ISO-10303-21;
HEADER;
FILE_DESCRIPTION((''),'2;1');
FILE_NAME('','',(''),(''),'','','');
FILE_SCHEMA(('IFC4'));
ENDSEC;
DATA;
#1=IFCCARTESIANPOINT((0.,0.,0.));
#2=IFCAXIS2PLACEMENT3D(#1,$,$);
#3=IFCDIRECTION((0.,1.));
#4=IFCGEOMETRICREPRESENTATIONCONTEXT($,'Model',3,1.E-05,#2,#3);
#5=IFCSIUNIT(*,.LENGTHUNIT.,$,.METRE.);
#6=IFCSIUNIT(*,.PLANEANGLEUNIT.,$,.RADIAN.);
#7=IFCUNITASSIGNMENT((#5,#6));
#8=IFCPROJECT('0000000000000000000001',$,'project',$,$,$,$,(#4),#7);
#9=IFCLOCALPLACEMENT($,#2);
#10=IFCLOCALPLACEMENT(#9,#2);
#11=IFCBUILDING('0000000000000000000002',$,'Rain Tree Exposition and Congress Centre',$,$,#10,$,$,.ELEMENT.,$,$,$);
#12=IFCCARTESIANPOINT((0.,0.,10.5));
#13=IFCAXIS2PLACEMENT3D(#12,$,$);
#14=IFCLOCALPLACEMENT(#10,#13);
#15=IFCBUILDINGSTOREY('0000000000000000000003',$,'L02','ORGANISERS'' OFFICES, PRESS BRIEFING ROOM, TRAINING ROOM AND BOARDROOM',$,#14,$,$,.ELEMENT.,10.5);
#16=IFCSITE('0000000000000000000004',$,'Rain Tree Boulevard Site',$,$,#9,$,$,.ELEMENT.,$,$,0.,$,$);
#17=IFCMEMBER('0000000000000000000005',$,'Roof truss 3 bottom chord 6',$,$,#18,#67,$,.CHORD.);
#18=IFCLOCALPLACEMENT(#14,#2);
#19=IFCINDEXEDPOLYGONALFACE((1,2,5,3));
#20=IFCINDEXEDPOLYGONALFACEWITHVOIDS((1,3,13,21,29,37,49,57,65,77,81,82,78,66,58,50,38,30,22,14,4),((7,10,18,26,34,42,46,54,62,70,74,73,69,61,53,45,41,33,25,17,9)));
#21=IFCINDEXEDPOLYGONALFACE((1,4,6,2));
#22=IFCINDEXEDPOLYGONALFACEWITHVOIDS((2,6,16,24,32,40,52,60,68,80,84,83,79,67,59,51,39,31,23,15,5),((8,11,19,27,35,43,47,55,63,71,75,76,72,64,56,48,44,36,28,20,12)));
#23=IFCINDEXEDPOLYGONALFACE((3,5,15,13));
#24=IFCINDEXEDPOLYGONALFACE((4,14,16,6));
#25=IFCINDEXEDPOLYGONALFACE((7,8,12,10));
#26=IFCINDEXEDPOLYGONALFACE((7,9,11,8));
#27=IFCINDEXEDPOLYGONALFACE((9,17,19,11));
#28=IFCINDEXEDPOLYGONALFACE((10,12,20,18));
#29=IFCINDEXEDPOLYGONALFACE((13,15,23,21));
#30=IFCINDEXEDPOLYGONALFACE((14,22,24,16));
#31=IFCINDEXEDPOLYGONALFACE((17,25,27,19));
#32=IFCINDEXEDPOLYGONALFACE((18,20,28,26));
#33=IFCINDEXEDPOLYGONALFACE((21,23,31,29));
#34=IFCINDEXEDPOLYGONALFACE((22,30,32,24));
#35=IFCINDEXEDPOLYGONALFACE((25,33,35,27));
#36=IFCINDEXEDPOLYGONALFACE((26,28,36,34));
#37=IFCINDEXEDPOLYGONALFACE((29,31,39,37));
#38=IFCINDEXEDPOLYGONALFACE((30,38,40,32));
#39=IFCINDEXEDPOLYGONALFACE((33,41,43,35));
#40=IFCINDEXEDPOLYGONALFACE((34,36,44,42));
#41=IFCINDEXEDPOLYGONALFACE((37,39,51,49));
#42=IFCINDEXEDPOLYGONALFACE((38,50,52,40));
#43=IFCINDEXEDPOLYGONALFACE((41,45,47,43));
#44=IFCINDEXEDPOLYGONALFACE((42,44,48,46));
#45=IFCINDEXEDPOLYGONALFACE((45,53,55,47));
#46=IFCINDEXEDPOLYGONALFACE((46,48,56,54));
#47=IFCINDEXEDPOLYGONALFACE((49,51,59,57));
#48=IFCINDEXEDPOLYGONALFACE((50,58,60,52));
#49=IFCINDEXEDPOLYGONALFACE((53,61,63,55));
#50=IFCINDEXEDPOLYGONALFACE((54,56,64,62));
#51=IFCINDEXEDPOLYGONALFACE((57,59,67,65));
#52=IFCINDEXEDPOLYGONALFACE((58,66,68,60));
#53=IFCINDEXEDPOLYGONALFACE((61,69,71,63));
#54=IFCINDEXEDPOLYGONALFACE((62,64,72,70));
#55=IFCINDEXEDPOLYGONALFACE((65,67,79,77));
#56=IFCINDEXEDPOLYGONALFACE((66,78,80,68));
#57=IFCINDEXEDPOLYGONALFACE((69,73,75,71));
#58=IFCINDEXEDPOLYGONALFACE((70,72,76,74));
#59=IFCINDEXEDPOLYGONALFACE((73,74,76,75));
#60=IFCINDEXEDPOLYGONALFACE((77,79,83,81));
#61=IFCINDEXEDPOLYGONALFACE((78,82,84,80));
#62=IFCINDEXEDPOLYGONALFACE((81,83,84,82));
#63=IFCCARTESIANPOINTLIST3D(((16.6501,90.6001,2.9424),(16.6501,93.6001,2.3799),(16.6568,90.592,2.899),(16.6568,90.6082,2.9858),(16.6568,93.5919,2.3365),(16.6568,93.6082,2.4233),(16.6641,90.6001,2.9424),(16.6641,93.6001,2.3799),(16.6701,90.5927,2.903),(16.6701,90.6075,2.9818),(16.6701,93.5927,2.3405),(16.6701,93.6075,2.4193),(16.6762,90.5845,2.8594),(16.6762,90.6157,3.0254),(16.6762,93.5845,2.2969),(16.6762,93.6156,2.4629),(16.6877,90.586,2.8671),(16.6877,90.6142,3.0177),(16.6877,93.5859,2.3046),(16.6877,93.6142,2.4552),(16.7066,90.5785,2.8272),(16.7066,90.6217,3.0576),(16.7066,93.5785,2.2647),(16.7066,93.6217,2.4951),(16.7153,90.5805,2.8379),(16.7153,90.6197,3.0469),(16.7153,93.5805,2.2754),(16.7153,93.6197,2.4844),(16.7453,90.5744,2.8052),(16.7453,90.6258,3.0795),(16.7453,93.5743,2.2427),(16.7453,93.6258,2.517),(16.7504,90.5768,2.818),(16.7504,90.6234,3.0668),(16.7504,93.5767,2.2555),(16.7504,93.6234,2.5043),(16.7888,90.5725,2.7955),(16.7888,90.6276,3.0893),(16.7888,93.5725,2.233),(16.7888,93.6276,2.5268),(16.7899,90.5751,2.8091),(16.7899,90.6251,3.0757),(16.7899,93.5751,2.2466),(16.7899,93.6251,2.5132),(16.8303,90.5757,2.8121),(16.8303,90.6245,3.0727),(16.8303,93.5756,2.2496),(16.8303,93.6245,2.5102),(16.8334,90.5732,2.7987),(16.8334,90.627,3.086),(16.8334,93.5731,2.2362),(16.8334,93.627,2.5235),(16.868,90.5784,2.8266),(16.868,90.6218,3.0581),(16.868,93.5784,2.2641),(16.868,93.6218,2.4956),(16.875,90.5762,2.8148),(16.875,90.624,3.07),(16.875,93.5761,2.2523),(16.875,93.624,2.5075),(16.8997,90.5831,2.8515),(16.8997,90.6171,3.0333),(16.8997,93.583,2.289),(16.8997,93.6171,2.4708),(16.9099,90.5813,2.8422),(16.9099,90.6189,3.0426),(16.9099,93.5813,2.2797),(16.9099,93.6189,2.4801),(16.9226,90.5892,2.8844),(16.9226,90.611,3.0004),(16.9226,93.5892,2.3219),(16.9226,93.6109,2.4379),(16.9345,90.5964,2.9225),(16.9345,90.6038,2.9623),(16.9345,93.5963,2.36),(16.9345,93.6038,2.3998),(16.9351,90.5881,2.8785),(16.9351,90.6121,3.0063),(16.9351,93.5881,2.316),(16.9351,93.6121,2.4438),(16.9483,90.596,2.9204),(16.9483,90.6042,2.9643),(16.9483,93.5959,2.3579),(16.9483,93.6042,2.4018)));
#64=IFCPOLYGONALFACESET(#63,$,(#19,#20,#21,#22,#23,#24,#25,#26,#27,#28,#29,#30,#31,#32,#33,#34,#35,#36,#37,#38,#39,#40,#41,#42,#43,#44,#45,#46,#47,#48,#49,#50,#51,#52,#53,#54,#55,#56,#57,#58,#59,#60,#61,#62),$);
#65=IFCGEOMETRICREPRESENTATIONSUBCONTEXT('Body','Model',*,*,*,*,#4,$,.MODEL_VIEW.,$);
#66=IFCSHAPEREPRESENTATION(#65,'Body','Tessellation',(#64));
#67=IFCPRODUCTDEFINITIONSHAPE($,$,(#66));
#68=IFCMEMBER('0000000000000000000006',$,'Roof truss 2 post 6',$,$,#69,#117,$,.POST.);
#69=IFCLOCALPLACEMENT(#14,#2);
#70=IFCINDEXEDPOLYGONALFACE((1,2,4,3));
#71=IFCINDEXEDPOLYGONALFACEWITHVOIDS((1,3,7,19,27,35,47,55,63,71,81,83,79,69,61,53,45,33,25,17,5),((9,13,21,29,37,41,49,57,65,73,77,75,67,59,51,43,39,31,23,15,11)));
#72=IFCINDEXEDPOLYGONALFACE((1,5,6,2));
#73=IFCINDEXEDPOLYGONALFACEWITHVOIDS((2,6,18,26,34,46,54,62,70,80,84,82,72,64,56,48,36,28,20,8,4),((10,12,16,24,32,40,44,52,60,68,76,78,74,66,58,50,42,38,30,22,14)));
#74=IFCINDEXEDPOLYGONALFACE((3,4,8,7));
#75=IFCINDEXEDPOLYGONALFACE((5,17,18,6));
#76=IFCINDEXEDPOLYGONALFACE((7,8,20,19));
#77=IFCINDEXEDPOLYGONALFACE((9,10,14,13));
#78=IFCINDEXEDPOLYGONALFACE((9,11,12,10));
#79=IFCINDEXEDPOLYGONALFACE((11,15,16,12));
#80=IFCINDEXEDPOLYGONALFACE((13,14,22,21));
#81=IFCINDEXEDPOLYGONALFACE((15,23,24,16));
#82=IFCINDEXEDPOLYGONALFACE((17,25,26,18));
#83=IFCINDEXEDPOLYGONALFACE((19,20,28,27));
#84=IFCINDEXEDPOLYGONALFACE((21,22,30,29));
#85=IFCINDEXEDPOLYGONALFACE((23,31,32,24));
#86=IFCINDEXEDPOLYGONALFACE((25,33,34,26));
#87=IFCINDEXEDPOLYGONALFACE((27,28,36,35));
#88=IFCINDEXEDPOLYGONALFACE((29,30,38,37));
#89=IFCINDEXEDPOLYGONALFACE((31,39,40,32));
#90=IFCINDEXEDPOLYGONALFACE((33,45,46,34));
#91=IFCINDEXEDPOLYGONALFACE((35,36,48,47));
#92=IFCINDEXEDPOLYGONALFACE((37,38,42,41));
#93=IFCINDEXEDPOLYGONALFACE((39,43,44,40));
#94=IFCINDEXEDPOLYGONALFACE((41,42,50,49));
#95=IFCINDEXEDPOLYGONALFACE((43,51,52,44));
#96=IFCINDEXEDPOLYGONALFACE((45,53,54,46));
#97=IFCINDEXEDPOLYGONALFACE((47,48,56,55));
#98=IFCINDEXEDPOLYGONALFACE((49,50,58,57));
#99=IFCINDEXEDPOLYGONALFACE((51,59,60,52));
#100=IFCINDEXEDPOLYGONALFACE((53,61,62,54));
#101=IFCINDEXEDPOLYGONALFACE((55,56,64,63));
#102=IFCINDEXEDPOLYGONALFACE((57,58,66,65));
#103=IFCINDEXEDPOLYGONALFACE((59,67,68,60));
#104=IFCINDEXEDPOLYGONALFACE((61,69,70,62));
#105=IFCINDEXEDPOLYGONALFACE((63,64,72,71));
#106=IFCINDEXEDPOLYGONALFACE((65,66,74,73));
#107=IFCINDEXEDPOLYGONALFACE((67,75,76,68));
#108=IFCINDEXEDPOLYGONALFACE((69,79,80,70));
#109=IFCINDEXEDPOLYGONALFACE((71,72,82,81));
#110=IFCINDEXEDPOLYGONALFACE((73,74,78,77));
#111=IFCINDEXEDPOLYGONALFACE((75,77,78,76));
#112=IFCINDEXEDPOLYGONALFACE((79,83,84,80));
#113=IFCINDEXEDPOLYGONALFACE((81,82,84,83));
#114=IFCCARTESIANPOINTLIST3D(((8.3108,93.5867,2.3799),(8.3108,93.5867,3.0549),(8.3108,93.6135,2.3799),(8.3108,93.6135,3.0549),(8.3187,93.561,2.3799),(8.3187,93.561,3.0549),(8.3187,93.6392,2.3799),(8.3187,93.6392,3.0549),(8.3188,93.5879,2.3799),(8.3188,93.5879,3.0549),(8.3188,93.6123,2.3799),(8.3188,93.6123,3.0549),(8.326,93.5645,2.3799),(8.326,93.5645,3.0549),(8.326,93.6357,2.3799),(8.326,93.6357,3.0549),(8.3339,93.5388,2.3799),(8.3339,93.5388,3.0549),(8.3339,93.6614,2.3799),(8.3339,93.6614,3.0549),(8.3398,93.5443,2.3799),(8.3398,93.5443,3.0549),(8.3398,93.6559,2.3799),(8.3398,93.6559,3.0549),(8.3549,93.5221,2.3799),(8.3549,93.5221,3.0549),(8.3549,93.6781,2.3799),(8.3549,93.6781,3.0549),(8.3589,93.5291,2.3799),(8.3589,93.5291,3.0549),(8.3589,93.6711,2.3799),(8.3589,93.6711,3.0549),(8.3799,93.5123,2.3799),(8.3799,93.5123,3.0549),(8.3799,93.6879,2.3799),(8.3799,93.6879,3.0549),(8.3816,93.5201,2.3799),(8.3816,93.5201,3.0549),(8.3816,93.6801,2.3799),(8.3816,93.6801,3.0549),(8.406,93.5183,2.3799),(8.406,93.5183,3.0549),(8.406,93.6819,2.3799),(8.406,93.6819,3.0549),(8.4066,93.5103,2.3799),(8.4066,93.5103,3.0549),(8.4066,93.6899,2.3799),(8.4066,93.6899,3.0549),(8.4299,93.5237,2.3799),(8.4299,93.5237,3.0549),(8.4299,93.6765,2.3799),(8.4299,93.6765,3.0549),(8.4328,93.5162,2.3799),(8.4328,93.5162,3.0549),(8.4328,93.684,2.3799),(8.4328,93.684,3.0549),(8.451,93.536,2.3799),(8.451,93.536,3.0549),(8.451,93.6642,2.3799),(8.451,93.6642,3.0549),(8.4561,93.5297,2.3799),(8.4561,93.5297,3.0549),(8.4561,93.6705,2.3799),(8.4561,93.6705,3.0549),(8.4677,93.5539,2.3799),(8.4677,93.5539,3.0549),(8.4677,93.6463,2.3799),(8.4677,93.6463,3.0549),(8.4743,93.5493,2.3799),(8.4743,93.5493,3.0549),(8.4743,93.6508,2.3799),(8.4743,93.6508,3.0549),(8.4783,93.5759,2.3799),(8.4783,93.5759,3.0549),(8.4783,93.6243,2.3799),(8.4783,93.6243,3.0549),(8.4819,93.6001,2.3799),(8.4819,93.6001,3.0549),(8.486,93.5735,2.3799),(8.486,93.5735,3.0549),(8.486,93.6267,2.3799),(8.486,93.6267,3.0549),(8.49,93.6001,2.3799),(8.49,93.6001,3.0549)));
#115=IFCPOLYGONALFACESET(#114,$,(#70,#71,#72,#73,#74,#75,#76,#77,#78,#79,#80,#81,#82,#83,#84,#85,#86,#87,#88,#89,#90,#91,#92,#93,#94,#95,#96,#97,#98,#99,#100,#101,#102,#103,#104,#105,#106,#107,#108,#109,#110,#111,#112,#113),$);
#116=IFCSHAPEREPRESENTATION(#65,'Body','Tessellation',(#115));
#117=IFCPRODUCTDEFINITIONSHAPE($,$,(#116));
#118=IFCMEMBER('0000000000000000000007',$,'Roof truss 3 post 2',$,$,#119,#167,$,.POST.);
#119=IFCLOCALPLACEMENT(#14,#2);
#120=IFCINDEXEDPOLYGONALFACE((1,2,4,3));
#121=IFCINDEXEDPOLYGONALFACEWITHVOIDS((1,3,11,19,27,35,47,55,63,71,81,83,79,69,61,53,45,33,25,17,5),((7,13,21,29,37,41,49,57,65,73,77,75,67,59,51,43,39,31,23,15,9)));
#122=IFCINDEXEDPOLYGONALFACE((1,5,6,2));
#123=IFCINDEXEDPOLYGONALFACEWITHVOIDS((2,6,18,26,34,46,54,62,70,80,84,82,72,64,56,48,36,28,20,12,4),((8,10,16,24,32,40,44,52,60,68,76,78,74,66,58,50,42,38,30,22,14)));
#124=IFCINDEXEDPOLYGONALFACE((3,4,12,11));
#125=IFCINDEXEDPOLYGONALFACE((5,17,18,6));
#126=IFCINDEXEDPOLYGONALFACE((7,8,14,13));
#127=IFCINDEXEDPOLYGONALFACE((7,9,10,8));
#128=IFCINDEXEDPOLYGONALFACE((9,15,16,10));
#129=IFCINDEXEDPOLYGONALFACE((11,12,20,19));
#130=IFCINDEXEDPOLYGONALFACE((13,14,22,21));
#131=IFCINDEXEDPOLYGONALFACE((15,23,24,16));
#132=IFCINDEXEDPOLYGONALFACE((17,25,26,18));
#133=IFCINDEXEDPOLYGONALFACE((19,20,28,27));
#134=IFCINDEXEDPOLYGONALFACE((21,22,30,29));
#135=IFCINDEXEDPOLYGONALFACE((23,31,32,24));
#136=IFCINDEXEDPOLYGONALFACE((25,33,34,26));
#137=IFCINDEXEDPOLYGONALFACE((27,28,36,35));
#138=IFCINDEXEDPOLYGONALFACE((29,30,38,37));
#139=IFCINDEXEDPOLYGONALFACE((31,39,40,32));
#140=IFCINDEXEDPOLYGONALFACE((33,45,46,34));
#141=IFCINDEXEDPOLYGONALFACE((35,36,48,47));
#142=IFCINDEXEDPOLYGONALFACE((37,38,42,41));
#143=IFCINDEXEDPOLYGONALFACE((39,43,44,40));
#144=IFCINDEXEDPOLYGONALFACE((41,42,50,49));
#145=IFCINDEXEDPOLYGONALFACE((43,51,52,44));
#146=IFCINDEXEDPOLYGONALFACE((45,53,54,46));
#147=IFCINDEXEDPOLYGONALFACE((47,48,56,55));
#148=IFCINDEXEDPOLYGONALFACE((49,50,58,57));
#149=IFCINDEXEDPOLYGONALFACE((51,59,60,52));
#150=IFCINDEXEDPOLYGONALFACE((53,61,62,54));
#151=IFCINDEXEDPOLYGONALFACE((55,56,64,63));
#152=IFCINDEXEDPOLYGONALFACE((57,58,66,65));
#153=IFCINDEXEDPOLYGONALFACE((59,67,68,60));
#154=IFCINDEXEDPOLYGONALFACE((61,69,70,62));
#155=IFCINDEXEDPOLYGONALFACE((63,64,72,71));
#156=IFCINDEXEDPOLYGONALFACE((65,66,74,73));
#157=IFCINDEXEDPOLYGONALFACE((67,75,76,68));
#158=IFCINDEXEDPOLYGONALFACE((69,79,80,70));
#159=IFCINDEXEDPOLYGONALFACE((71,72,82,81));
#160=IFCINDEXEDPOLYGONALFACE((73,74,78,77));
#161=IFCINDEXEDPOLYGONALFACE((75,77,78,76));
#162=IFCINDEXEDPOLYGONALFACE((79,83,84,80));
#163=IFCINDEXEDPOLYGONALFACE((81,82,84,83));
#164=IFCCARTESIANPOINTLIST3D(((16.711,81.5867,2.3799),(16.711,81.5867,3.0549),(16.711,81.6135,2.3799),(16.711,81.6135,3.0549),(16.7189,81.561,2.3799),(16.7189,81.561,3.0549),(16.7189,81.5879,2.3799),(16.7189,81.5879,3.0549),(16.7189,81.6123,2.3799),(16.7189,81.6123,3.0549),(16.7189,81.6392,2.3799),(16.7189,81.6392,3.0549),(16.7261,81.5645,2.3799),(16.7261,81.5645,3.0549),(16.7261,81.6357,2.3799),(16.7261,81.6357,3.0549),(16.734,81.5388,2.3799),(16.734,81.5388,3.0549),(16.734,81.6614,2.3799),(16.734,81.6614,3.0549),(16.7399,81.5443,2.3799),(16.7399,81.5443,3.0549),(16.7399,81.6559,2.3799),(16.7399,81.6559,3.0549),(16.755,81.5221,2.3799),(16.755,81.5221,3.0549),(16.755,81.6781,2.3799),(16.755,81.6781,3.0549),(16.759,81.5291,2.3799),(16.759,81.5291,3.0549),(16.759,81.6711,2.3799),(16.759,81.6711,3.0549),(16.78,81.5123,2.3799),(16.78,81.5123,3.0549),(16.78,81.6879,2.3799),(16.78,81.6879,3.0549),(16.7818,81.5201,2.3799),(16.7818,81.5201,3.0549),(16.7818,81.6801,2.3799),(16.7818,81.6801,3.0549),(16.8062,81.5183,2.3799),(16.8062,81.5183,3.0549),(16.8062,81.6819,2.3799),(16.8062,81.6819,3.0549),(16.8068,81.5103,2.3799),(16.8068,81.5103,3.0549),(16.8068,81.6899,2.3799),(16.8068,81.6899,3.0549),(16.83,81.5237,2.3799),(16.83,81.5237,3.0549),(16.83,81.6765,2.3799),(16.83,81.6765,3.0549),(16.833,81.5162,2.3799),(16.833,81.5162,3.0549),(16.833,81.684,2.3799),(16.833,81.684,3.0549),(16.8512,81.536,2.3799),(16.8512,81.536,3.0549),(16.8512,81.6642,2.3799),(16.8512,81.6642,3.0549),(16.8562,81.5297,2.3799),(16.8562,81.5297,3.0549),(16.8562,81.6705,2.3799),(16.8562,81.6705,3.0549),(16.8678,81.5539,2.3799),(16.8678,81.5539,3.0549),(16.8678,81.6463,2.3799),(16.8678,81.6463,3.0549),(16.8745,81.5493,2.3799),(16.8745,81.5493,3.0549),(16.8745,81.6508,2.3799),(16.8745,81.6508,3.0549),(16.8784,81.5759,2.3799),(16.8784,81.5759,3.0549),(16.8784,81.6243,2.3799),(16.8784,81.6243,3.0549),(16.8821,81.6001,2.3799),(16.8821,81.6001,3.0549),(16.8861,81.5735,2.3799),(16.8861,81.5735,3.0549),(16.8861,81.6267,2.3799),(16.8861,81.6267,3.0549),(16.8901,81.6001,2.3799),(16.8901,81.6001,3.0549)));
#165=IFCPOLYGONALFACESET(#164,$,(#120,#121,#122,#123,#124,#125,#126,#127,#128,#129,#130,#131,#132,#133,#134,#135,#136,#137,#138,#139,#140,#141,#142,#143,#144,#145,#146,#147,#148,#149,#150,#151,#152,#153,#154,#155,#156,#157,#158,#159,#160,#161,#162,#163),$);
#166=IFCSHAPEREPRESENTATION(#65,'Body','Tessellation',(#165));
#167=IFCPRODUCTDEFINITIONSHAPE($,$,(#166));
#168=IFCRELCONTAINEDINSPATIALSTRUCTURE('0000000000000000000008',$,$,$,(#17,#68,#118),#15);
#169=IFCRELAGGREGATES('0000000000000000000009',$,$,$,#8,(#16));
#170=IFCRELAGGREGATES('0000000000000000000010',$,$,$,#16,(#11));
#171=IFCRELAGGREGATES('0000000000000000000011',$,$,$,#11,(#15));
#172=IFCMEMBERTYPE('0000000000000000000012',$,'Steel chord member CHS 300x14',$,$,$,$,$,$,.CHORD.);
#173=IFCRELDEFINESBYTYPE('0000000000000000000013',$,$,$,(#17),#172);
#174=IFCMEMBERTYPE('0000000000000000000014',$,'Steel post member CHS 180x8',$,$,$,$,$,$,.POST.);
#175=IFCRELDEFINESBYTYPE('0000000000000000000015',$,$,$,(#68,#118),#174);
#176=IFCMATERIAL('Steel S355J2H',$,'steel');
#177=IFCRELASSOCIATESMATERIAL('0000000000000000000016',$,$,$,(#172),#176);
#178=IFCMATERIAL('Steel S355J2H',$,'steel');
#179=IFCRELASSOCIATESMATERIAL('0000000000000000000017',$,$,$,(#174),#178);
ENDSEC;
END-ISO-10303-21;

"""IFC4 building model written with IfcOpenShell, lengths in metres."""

from ifc_helpers import new_model, si_unit, direction, frame, origin, origin_2d, place, context, subcontext, project, spatial, hollow_circle, extrude, material, material_profile, profile_set, type_object, element, save


model = new_model("IFC4")

# Units and contexts
model_context = context("Model", 3, precision=1e-05, world=origin(), true_north=direction((0.0, 1.0)))
body_context = subcontext(model_context, "Body", "Model", "MODEL_VIEW")
ifc_project = project(units=[si_unit("LENGTHUNIT", "METRE"), si_unit("PLANEANGLEUNIT", "RADIAN")], contexts=[model_context])

# Site, building, storey
site_placement = place(None, origin())
site = spatial("IfcSite", under=ifc_project, at=site_placement, Name="Rain Tree Boulevard Site", CompositionType="ELEMENT", RefElevation=0.0)
building_placement = place(site_placement, origin())
building = spatial("IfcBuilding", under=site, at=building_placement, Name="Rain Tree Exposition and Congress Centre", CompositionType="ELEMENT")
storey_placement = place(building_placement, frame((0.0, 0.0, 10.5)))
storey = spatial("IfcBuildingStorey", under=building, at=storey_placement, Name="L02", Description="ORGANISERS' OFFICES, PRESS BRIEFING ROOM, TRAINING ROOM AND BOARDROOM", CompositionType="ELEMENT", Elevation=10.5)

# Members
ifc_material_1 = material(Name="Steel S355J2H", Category="steel")
ifc_material_profile_1 = material_profile(ifc_material_1, hollow_circle(Radius=0.1499, WallThickness=0.0139, at=origin_2d()), Name="CHS 300x14")
ifc_profile_set_1 = profile_set([ifc_material_profile_1], Name="Steel S355J2H")
member_type_1 = type_object("IfcMemberType", Name="Steel chord member CHS 300x14", PredefinedType="CHORD", material=ifc_profile_set_1)
member_1_placement = place(storey_placement, frame((16.8, 90.6001, 2.9424), z_axis=(0.0, 0.982872, -0.184289), x_axis=(-1.0, 0.0, 0.0)))
element("IfcMember", 1, at=member_1_placement, inside=storey, type_object=member_type_1, Name="Roof truss 3 bottom chord 6", PredefinedType="CHORD", context=body_context, shape_type="SweptSolid", body=[
    extrude(hollow_circle(Radius=0.1499, WallThickness=0.0139, at=origin_2d()), origin(), (0.0, 0.0, 1.0), 3.0522),
])
ifc_material_2 = material(Name="Steel S355J2H", Category="steel")
ifc_material_profile_2 = material_profile(ifc_material_2, hollow_circle(Radius=0.0901, WallThickness=0.0081, at=origin_2d()), Name="CHS 180x8")
ifc_profile_set_2 = profile_set([ifc_material_profile_2], Name="Steel S355J2H")
member_type_2 = type_object("IfcMemberType", Name="Steel post member CHS 180x8", PredefinedType="POST", material=ifc_profile_set_2)
for number, where, z_axis, x_axis, name in (
    (2, (8.3999, 93.6001, 2.3799), (0.0, 0.0, 1.0), (1.0, 0.0, 0.0), "Roof truss 2 post 6"),
    (3, (16.8, 81.6001, 2.3799), (0.0, 0.0, 1.0), (1.0, 0.0, 0.0), "Roof truss 3 post 2"),
):
    element("IfcMember", number, at=place(storey_placement, frame(where, z_axis=z_axis, x_axis=x_axis)), inside=storey, type_object=member_type_2, Name=name, PredefinedType="POST", context=body_context, shape_type="SweptSolid", body=[
        extrude(hollow_circle(Radius=0.0901, WallThickness=0.0081, at=origin_2d()), origin(), (0.0, 0.0, 1.0), 0.675),
    ])

save(model, "model.ifc")
